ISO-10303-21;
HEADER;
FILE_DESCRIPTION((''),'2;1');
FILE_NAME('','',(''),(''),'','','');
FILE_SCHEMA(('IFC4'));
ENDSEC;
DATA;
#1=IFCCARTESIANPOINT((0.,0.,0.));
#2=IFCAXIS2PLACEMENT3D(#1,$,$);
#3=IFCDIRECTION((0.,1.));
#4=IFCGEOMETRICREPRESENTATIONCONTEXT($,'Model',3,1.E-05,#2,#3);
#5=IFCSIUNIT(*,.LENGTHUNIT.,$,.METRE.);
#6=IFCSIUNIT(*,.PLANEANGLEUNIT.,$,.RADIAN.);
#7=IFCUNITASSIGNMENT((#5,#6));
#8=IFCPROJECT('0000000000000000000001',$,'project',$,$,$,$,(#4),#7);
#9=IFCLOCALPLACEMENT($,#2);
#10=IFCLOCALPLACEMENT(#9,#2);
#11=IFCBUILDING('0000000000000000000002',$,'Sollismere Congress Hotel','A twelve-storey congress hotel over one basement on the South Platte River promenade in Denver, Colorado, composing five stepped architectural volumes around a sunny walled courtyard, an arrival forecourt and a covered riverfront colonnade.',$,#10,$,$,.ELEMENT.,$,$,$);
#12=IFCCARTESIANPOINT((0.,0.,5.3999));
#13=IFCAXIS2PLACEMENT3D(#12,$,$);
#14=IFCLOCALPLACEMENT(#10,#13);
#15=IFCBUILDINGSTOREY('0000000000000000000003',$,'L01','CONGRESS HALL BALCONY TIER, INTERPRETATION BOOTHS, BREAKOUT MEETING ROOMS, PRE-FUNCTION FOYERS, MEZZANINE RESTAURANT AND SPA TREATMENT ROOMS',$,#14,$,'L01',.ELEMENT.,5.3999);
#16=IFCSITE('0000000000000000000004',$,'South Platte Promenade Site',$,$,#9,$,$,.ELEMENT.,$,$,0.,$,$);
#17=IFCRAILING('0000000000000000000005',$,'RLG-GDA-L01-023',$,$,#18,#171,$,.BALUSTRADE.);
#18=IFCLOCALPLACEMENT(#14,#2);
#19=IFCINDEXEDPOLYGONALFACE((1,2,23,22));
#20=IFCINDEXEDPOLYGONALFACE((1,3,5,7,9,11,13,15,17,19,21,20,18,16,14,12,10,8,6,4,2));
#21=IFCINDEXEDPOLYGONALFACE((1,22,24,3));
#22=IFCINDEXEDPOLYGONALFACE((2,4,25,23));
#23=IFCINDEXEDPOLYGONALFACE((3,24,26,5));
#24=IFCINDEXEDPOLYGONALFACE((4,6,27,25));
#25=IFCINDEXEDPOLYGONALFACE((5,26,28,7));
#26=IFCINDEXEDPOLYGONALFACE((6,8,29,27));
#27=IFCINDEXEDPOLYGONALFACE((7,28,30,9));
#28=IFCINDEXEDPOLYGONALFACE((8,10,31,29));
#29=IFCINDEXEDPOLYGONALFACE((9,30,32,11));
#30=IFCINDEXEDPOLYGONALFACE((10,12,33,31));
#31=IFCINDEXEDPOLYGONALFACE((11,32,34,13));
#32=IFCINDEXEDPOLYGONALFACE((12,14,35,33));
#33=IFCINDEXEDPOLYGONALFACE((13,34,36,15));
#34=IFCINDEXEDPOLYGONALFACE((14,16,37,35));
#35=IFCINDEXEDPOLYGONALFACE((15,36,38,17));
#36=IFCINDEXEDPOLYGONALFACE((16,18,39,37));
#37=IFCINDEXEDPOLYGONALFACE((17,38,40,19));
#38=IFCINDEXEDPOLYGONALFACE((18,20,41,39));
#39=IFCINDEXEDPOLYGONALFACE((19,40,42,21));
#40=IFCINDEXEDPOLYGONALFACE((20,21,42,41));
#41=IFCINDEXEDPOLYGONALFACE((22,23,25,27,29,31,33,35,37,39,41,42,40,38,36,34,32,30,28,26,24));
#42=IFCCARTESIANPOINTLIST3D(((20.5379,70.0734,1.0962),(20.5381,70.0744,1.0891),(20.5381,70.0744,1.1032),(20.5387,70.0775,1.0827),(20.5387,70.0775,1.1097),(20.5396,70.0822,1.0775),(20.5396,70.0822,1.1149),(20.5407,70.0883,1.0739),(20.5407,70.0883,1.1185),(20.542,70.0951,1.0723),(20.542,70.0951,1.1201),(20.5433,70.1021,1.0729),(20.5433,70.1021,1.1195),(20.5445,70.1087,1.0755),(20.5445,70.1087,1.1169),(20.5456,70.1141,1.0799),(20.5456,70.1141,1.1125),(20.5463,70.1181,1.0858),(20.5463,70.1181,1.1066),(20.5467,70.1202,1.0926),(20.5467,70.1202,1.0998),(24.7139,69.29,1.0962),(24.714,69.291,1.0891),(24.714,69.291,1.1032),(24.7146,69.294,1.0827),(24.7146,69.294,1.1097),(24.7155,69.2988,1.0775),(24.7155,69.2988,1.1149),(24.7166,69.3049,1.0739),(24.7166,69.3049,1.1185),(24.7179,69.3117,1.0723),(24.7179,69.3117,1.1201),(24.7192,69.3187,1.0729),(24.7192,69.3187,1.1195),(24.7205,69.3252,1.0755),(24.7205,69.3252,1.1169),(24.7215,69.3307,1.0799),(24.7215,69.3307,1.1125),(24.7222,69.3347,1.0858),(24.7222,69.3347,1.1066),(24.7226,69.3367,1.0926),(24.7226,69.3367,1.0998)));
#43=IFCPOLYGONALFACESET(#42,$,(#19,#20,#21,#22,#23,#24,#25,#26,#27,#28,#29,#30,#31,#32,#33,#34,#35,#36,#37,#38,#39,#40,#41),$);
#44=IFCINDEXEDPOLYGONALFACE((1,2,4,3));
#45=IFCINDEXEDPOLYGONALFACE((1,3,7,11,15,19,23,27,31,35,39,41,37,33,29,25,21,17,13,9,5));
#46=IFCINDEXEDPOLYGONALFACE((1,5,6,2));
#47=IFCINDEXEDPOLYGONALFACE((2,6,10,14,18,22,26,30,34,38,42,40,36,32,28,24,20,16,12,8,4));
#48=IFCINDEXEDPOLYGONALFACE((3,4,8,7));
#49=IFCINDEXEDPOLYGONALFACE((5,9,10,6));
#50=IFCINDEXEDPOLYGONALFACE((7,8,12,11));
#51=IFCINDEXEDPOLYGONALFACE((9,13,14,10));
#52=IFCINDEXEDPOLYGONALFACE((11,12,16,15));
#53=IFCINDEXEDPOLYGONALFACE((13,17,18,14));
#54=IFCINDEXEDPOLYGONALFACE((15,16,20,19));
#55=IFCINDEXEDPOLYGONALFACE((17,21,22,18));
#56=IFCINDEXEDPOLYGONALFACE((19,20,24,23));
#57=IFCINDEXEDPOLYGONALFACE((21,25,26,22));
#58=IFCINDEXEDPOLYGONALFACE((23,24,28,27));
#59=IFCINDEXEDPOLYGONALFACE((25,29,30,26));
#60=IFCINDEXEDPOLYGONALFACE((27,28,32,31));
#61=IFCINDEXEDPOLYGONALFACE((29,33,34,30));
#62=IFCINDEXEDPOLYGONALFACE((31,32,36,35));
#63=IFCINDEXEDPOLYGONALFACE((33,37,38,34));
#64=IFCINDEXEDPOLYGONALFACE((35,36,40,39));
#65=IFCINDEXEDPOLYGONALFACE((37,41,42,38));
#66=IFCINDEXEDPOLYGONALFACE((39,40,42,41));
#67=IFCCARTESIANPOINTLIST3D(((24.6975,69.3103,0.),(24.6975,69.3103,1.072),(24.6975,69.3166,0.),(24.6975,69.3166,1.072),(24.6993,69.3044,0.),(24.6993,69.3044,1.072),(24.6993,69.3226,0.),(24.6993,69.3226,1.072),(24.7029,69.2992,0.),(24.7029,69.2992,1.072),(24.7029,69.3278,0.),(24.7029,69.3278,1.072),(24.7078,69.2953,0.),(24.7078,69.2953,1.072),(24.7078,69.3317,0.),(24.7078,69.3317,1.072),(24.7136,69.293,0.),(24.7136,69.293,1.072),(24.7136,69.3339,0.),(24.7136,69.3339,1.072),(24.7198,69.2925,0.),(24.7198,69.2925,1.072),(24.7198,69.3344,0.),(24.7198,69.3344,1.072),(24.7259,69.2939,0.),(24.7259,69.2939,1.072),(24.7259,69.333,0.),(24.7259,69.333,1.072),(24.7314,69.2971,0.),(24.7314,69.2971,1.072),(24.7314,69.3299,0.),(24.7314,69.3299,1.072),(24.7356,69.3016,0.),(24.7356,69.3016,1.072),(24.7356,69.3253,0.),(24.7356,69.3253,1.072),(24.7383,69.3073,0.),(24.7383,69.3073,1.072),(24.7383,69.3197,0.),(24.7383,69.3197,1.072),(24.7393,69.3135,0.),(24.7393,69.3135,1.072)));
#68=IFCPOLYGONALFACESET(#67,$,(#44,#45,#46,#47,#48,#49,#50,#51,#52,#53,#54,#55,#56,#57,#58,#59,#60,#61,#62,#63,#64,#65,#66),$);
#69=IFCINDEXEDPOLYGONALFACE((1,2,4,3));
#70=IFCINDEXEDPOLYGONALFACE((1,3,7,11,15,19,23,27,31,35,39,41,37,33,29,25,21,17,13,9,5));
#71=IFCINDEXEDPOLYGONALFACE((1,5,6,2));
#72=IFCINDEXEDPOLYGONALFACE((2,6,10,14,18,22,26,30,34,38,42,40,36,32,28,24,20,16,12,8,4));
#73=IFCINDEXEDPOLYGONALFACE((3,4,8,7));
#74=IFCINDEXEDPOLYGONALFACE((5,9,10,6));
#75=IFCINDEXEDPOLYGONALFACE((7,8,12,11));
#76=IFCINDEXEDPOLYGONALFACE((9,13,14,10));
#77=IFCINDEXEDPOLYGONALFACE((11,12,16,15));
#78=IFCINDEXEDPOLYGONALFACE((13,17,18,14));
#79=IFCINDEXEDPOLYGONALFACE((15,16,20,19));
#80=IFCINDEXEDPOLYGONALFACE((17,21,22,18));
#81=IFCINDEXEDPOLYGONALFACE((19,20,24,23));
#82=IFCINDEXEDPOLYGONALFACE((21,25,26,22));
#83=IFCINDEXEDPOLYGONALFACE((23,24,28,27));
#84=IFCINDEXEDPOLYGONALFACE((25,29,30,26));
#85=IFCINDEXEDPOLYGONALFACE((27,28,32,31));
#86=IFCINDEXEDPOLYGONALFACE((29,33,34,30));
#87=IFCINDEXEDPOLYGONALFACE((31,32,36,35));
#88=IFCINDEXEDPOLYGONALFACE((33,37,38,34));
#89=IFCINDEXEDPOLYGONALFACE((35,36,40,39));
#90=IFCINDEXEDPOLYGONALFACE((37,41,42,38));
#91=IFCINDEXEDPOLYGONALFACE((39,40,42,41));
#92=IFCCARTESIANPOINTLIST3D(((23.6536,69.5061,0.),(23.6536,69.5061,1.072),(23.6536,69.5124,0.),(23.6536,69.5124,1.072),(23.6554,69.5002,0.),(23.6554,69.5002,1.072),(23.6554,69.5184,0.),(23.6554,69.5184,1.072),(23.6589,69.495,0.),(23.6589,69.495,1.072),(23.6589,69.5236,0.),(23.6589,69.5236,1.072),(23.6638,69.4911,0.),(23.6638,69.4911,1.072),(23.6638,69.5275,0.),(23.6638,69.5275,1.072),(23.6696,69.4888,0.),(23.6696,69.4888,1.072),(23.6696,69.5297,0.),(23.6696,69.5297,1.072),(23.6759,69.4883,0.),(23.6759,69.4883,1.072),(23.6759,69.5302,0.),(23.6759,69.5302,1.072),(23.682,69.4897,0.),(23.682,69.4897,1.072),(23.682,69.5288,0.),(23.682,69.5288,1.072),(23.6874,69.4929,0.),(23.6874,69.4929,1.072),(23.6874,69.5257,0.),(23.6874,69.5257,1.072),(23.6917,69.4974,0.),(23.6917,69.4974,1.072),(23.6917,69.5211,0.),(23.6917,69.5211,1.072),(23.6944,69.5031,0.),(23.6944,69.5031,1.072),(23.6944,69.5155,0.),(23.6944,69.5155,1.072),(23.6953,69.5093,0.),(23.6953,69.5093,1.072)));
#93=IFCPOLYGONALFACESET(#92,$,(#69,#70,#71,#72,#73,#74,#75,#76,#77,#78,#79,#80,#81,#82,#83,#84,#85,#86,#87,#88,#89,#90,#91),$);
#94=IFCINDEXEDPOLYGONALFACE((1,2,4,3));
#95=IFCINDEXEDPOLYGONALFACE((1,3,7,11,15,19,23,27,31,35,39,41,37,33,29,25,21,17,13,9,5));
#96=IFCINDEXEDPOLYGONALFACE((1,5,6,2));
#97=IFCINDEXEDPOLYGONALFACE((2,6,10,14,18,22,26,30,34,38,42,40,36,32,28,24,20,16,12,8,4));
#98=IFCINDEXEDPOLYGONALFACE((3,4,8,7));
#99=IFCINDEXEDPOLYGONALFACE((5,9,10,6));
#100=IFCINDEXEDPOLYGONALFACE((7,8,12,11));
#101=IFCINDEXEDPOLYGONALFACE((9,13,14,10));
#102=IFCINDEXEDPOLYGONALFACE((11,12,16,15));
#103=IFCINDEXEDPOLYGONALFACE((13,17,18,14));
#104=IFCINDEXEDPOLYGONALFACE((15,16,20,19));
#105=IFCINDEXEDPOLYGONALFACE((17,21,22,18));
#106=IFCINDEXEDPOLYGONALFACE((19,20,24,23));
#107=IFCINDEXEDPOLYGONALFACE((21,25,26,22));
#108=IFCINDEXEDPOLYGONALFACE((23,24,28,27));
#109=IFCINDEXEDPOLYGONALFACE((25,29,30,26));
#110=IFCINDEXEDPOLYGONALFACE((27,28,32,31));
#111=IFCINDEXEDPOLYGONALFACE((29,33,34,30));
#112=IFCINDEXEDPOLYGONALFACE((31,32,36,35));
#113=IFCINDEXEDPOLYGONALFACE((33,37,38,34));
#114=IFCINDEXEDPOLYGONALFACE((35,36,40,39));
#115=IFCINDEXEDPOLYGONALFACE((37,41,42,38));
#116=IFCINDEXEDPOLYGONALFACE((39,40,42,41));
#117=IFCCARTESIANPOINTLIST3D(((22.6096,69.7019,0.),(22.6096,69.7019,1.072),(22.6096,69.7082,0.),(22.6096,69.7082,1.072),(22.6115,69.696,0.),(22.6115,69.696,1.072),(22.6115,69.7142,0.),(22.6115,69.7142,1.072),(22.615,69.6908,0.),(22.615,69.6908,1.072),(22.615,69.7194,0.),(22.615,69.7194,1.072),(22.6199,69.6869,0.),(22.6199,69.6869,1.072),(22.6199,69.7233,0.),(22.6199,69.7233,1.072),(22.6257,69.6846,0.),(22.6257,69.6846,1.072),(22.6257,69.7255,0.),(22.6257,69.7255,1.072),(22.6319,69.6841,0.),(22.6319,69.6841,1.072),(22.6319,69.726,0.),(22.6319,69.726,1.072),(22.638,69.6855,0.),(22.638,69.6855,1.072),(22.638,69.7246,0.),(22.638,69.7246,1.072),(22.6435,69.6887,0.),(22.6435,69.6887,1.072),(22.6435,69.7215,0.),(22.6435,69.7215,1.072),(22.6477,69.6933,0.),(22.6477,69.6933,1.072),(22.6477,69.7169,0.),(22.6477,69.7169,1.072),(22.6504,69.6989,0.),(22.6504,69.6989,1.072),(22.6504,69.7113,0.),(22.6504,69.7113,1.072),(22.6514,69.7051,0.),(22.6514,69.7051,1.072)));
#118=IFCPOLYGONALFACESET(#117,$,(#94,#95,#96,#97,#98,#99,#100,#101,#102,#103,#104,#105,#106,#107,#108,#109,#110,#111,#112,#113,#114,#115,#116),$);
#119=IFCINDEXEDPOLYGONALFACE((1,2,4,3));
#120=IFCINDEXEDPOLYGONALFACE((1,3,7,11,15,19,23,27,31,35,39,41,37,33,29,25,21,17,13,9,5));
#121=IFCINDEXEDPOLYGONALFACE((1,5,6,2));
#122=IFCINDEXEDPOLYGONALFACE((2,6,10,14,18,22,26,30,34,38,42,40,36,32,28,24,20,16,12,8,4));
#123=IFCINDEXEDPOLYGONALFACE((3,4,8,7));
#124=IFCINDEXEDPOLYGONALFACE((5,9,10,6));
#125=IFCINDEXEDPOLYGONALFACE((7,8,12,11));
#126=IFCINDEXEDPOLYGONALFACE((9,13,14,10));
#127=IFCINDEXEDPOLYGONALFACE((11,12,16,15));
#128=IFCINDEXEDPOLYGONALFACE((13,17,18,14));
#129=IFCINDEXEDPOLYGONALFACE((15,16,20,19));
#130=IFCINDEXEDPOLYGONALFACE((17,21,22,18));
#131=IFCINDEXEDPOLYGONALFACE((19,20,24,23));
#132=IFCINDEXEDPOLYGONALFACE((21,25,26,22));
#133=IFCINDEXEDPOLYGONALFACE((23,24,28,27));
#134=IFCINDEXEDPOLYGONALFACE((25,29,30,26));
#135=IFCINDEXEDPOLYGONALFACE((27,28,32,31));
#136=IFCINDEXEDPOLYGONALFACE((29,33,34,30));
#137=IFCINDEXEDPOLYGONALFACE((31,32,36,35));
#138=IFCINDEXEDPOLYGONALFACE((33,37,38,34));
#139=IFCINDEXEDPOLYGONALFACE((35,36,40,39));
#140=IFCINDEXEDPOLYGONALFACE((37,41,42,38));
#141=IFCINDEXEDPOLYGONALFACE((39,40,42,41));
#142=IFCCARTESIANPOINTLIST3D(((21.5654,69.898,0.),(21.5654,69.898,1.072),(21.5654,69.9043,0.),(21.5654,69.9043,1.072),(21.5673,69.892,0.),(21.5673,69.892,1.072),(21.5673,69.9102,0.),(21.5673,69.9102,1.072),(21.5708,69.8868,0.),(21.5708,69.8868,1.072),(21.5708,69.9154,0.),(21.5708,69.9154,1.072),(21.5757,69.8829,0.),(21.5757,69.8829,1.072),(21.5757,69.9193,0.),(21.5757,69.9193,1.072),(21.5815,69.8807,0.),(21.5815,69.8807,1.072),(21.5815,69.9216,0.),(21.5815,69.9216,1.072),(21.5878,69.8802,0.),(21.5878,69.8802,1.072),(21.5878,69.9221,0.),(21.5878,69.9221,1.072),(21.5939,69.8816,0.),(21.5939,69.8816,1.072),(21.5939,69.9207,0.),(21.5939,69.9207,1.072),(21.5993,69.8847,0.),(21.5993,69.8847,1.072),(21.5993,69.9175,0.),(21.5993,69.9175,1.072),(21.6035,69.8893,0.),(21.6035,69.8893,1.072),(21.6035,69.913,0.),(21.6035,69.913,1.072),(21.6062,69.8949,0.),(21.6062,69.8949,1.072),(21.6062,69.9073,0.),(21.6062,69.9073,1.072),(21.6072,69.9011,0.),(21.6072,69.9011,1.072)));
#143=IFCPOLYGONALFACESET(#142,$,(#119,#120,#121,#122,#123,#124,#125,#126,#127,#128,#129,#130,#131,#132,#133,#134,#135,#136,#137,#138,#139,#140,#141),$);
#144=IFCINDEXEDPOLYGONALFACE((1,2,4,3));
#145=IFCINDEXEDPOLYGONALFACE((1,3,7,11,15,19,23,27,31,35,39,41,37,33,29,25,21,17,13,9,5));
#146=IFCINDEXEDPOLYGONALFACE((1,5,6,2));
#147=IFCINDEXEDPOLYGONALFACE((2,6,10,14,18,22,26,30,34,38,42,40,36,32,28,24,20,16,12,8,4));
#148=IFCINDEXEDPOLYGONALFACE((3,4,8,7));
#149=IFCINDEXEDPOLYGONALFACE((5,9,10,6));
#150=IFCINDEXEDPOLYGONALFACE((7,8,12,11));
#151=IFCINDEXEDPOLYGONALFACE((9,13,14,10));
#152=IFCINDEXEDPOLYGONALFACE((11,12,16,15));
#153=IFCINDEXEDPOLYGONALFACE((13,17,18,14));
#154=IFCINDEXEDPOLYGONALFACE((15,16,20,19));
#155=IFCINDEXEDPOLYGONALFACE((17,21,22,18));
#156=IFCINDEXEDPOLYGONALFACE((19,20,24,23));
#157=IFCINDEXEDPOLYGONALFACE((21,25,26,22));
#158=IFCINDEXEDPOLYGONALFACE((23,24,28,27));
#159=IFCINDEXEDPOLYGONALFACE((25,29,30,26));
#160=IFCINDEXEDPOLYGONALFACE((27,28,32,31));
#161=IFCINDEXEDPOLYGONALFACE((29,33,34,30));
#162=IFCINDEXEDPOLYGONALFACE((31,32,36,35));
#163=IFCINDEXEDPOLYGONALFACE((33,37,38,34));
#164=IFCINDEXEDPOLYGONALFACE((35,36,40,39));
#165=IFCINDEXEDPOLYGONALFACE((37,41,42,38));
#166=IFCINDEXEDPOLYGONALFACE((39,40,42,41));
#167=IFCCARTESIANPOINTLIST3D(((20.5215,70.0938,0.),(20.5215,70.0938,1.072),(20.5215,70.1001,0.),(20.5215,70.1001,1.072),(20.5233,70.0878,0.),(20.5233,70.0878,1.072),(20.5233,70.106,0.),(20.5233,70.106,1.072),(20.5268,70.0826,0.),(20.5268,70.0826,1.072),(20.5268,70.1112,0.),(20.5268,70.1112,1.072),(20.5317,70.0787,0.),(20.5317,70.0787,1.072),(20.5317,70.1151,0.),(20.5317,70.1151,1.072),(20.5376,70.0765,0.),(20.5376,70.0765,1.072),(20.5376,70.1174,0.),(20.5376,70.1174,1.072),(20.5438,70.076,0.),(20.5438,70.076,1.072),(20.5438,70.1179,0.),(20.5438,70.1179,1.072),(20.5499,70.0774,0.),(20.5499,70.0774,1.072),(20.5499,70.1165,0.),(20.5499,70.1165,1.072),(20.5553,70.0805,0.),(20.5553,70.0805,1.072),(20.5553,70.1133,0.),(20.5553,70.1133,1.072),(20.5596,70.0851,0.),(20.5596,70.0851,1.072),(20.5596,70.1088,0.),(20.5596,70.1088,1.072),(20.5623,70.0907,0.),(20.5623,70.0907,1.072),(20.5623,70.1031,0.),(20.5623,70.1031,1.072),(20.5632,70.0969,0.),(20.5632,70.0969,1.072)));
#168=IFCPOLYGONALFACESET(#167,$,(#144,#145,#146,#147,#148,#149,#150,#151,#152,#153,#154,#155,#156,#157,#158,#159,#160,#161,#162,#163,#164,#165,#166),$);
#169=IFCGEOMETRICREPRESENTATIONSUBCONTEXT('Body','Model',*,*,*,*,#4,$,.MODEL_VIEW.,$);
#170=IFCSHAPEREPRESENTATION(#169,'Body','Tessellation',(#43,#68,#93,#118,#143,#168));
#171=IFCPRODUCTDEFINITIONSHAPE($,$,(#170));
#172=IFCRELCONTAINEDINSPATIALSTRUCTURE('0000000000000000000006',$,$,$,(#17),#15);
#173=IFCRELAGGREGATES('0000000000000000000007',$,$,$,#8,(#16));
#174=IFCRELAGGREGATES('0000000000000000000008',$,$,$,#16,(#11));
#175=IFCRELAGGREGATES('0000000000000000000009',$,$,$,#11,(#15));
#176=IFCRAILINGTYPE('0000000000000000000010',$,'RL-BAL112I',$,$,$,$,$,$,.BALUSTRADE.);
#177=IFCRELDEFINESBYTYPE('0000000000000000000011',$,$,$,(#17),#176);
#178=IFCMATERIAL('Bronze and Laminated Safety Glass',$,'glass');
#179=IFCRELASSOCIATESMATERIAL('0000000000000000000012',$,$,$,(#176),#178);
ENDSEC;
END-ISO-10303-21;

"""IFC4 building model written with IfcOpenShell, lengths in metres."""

from ifc_helpers import new_model, si_unit, direction, frame, origin, origin_2d, place, context, subcontext, project, spatial, circle, extrude, material, type_object, element, save


model = new_model("IFC4")

# Units and contexts
model_context = context("Model", 3, precision=1e-05, world=origin(), true_north=direction((0.0, 1.0)))
body_context = subcontext(model_context, "Body", "Model", "MODEL_VIEW")
ifc_project = project(units=[si_unit("LENGTHUNIT", "METRE"), si_unit("PLANEANGLEUNIT", "RADIAN")], contexts=[model_context])

# Site, building, storey
site_placement = place(None, origin())
site = spatial("IfcSite", under=ifc_project, at=site_placement, Name="South Platte Promenade Site", CompositionType="ELEMENT", RefElevation=0.0)
building_placement = place(site_placement, origin())
building = spatial("IfcBuilding", under=site, at=building_placement, Name="Sollismere Congress Hotel", Description="A twelve-storey congress hotel over one basement on the South Platte River promenade in Denver, Colorado, composing five stepped architectural volumes around a sunny walled courtyard, an arrival forecourt and a covered riverfront colonnade.", CompositionType="ELEMENT")
storey_placement = place(building_placement, frame((0.0, 0.0, 5.3999)))
storey = spatial("IfcBuildingStorey", under=building, at=storey_placement, Name="L01", Description="CONGRESS HALL BALCONY TIER, INTERPRETATION BOOTHS, BREAKOUT MEETING ROOMS, PRE-FUNCTION FOYERS, MEZZANINE RESTAURANT AND SPA TREATMENT ROOMS", LongName="L01", CompositionType="ELEMENT", Elevation=5.3999)

# Railing
ifc_material_1 = material(Name="Bronze and Laminated Safety Glass", Category="glass")
railing_type = type_object("IfcRailingType", Name="RL-BAL112I", PredefinedType="BALUSTRADE", material=ifc_material_1)
railing_1_placement = place(storey_placement, frame((24.7183, 69.3135, 0.0)))
element("IfcRailing", 1, at=railing_1_placement, inside=storey, type_object=railing_type, Name="RLG-GDA-L01-023", PredefinedType="BALUSTRADE", context=body_context, shape_type="SweptSolid", body=[
    extrude(circle(Radius=0.0239, at=origin_2d()), frame((0.0, 0.0, 1.0962), z_axis=(-0.982853, 0.184389, 0.0), x_axis=(-0.184389, -0.982853, 0.0)), (0.0, 0.0, 1.0), 4.2488),
    extrude(circle(Radius=0.021, at=origin_2d()), origin(), (0.0, 0.0, 1.0), 1.072),
    extrude(circle(Radius=0.021, at=origin_2d()), frame((-1.0439, 0.1958, 0.0)), (0.0, 0.0, 1.0), 1.072),
    extrude(circle(Radius=0.021, at=origin_2d()), frame((-2.0879, 0.3916, 0.0)), (0.0, 0.0, 1.0), 1.072),
    extrude(circle(Radius=0.021, at=origin_2d()), frame((-3.1321, 0.5876, 0.0)), (0.0, 0.0, 1.0), 1.072),
    extrude(circle(Radius=0.021, at=origin_2d()), frame((-4.176, 0.7834, 0.0)), (0.0, 0.0, 1.0), 1.072),
])

save(model, "model.ifc")
